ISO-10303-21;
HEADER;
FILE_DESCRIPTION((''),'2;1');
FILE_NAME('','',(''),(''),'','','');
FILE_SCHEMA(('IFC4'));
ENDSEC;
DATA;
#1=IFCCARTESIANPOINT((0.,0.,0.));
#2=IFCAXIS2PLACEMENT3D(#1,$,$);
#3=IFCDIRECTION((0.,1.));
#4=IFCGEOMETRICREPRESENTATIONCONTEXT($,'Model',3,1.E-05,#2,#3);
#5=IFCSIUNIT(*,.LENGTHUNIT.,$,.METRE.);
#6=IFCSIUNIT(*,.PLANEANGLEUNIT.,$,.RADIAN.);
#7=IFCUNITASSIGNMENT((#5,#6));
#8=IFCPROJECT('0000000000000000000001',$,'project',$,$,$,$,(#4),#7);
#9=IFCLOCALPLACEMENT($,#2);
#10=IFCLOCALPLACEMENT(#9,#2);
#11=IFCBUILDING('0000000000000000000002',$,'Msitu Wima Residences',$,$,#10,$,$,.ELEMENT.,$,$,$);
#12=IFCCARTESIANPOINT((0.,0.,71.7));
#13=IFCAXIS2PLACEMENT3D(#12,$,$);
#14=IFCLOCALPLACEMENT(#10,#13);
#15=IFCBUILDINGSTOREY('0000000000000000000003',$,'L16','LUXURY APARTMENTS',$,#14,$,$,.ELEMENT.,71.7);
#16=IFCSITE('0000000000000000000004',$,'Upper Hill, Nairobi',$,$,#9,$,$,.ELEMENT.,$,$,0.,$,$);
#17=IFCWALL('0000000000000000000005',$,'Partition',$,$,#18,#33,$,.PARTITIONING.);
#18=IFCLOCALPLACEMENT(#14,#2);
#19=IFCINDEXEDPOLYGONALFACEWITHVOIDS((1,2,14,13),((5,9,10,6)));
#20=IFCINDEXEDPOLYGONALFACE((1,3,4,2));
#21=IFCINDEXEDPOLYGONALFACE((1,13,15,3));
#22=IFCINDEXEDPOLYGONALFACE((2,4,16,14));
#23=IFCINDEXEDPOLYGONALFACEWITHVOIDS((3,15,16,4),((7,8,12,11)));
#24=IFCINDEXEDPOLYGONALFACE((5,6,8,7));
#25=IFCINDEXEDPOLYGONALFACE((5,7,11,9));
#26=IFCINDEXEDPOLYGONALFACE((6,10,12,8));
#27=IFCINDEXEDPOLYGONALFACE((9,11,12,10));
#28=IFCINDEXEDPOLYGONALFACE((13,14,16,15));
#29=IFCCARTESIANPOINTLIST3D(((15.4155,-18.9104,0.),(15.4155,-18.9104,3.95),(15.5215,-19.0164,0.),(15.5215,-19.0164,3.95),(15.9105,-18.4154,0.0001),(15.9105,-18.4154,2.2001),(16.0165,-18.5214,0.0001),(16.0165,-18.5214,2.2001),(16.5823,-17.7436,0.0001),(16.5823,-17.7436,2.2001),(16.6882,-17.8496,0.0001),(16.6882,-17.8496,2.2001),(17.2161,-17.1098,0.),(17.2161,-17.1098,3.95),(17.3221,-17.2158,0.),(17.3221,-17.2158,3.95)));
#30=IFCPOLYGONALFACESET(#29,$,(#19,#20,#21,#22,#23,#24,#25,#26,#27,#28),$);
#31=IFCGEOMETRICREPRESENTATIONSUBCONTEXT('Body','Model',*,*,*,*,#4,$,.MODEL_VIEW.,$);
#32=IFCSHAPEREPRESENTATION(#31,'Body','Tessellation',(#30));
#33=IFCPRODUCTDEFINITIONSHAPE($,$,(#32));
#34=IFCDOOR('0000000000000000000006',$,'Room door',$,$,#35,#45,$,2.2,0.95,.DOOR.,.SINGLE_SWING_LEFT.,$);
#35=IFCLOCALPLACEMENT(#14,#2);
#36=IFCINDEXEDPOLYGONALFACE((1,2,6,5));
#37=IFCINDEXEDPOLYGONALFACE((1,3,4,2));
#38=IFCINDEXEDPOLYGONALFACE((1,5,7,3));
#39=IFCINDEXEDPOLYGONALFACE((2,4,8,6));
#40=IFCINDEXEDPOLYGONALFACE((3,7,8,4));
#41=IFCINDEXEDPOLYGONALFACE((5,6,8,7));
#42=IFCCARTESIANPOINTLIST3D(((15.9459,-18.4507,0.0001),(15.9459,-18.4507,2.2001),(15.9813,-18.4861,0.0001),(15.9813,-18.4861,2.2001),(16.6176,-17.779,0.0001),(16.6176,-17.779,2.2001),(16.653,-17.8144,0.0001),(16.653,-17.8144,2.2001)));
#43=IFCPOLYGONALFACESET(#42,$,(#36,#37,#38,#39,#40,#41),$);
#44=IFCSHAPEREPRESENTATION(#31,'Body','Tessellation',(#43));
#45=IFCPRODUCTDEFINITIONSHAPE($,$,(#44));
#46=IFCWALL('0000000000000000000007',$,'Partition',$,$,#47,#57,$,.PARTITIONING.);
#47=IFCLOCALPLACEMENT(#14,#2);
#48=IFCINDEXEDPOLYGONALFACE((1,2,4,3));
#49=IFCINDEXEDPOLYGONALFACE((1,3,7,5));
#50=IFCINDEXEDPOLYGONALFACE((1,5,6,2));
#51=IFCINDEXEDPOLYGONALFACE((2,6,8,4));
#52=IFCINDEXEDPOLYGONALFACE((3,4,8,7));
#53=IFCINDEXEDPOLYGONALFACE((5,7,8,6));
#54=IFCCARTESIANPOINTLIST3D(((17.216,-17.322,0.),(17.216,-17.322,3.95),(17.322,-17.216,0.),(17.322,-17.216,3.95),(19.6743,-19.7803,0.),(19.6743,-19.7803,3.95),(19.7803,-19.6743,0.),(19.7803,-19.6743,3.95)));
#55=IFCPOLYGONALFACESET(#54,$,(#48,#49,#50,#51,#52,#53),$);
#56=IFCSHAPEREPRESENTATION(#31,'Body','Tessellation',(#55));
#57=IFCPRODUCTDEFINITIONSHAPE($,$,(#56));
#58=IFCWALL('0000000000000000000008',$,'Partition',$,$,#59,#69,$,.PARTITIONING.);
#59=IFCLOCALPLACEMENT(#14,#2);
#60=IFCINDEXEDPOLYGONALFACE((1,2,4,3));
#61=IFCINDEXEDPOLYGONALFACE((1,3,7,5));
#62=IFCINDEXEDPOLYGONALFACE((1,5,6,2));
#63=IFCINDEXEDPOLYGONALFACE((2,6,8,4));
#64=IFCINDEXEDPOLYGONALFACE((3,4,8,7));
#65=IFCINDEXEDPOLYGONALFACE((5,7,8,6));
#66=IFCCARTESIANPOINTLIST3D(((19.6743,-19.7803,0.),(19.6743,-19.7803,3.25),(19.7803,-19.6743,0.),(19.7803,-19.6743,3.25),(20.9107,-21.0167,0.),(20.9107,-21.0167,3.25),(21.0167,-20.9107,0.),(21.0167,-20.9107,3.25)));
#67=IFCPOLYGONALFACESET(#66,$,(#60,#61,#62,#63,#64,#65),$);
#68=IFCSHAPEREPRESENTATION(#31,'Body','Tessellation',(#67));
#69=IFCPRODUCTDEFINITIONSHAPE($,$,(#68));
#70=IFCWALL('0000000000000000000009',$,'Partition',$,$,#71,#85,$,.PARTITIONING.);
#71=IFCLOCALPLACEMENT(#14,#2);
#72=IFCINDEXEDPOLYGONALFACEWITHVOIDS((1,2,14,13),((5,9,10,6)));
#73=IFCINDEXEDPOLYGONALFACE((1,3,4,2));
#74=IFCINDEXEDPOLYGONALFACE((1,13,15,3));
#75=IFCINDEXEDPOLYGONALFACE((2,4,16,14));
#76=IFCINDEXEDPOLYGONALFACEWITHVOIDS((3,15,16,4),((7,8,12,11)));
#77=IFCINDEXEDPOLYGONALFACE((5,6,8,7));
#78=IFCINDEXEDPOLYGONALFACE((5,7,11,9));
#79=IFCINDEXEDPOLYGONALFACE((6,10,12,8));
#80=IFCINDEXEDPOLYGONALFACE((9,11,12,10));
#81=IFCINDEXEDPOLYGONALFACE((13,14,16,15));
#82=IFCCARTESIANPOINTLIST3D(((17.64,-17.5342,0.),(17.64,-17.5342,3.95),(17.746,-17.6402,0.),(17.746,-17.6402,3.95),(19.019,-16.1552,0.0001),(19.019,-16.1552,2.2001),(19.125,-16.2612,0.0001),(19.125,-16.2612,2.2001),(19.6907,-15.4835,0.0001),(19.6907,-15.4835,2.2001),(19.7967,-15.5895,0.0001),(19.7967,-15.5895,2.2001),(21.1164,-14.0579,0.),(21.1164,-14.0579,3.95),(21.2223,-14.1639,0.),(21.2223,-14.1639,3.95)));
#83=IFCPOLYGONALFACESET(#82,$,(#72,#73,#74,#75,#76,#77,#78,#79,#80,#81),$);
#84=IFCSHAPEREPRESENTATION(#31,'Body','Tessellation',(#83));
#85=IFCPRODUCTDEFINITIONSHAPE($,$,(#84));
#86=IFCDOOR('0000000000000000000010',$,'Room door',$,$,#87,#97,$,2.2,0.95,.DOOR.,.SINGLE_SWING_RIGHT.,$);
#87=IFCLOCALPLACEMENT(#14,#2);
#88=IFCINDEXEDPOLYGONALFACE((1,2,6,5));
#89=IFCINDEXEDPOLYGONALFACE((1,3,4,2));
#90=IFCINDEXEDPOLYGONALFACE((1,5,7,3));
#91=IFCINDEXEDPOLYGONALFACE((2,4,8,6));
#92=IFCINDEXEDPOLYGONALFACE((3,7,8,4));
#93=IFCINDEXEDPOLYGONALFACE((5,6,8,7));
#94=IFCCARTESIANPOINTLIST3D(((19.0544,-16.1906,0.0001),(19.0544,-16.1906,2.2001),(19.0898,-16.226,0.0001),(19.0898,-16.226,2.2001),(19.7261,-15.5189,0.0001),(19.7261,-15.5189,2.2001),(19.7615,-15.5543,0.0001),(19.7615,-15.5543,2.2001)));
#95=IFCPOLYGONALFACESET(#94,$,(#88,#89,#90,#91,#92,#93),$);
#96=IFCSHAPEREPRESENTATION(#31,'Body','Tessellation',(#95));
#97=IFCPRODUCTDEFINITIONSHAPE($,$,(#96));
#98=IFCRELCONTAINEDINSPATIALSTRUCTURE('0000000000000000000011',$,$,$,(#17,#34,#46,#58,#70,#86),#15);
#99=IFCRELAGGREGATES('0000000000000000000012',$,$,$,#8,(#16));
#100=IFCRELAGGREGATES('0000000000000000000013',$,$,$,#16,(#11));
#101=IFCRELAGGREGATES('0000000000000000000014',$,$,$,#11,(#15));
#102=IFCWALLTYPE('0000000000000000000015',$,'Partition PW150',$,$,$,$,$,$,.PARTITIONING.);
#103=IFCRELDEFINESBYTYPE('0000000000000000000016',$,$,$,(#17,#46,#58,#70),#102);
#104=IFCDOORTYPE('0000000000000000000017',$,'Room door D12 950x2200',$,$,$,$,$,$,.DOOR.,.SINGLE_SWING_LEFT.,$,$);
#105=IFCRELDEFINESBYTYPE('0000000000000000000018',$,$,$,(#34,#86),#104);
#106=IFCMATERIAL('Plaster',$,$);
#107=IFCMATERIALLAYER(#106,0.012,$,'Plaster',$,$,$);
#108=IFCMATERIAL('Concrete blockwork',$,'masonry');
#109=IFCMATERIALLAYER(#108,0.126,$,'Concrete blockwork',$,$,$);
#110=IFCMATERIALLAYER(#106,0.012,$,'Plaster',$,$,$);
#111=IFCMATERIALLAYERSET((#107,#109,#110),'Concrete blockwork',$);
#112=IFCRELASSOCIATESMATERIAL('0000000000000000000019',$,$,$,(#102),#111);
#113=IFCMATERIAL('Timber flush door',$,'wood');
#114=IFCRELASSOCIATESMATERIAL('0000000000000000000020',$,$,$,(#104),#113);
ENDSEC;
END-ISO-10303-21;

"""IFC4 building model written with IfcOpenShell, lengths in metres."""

from ifc_helpers import new_model, si_unit, direction, frame, frame_2d, origin, place, context, subcontext, project, spatial, rectangle, extrude, material, layer, layer_set, type_object, element, fill, save


model = new_model("IFC4")

# Units and contexts
model_context = context("Model", 3, precision=1e-05, world=origin(), true_north=direction((0.0, 1.0)))
body_context = subcontext(model_context, "Body", "Model", "MODEL_VIEW")
ifc_project = project(units=[si_unit("LENGTHUNIT", "METRE"), si_unit("PLANEANGLEUNIT", "RADIAN")], contexts=[model_context])

# Site, building, storey
site_placement = place(None, origin())
site = spatial("IfcSite", under=ifc_project, at=site_placement, Name="Upper Hill, Nairobi", CompositionType="ELEMENT", RefElevation=0.0)
building_placement = place(site_placement, origin())
building = spatial("IfcBuilding", under=site, at=building_placement, Name="Msitu Wima Residences", CompositionType="ELEMENT")
storey_placement = place(building_placement, frame((0.0, 0.0, 71.7)))
storey = spatial("IfcBuildingStorey", under=building, at=storey_placement, Name="L16", Description="LUXURY APARTMENTS", CompositionType="ELEMENT", Elevation=71.7)

# Wall, opening, door
ifc_material_1 = material(Name="Plaster")
ifc_material_2 = material(Name="Concrete blockwork", Category="masonry")
ifc_layer_1 = layer(ifc_material_1, 0.012, Name="Plaster")
ifc_layer_2 = layer(ifc_material_2, 0.126, Name="Concrete blockwork")
ifc_layer_3 = layer(ifc_material_1, 0.012, Name="Plaster")
ifc_layer_set_1 = layer_set([ifc_layer_1, ifc_layer_2, ifc_layer_3], Name="Concrete blockwork")
wall_type_1 = type_object("IfcWallType", Name="Partition PW150", PredefinedType="PARTITIONING", material=ifc_layer_set_1)
wall_1_placement = place(storey_placement, frame((15.4685, -18.9634, 0.0), z_axis=(0.0, 0.0, 1.0), x_axis=(0.707107, 0.707107, 0.0)))
wall_1 = element("IfcWall", 1, at=wall_1_placement, inside=storey, type_object=wall_type_1, Name="Partition", PredefinedType="PARTITIONING", context=body_context, shape_type="SweptSolid", body=[
    extrude(rectangle(XDim=2.5464, YDim=0.1499, at=frame_2d((1.2732, 0.0))), origin(), (0.0, 0.0, 1.0), 3.95),
])
opening_1_placement = place(wall_1_placement, frame((0.7, 0.0, 0.0)))
opening_1 = element("IfcOpeningElement", 2, at=opening_1_placement, cuts=wall_1, PredefinedType="OPENING", context=body_context, shape_type="SweptSolid", body=[
    extrude(rectangle(XDim=0.95, YDim=2.2, at=frame_2d((0.4751, 1.1001))), frame((0.0, 0.085, 0.0), z_axis=(0.0, -1.0, 0.0), x_axis=(1.0, 0.0, 0.0)), (0.0, 0.0, 1.0), 0.1699),
])
ifc_material_3 = material(Name="Timber flush door", Category="wood")
door_type_1 = type_object("IfcDoorType", Name="Room door D12 950x2200", OperationType="SINGLE_SWING_LEFT", PredefinedType="DOOR", material=ifc_material_3)
door_1_placement = place(opening_1_placement, origin())
door_1 = element("IfcDoor", 3, at=door_1_placement, inside=storey, type_object=door_type_1, Name="Room door", OperationType="SINGLE_SWING_LEFT", OverallHeight=2.2, OverallWidth=0.95, PredefinedType="DOOR", context=body_context, shape_type="SweptSolid", body=[
    extrude(rectangle(XDim=0.95, YDim=2.2, at=frame_2d((0.4751, 1.1001))), frame((0.0, 0.0249, 0.0), z_axis=(0.0, -1.0, 0.0), x_axis=(1.0, 0.0, 0.0)), (0.0, 0.0, 1.0), 0.05),
])
fill(opening_1, door_1)

# Walls
wall_2_placement = place(storey_placement, frame((17.269, -17.269, 0.0), z_axis=(0.0, 0.0, 1.0), x_axis=(0.707107, -0.707107, 0.0)))
element("IfcWall", 4, at=wall_2_placement, inside=storey, type_object=wall_type_1, Name="Partition", PredefinedType="PARTITIONING", context=body_context, shape_type="SweptSolid", body=[
    extrude(rectangle(XDim=3.4766, YDim=0.1499, at=frame_2d((1.7383, 0.0))), origin(), (0.0, 0.0, 1.0), 3.95),
])
wall_3_placement = place(storey_placement, frame((19.7273, -19.7273, 0.0), z_axis=(0.0, 0.0, 1.0), x_axis=(0.707107, -0.707107, 0.0)))
element("IfcWall", 5, at=wall_3_placement, inside=storey, type_object=wall_type_1, Name="Partition", PredefinedType="PARTITIONING", context=body_context, shape_type="SweptSolid", body=[
    extrude(rectangle(XDim=1.7485, YDim=0.1499, at=frame_2d((0.8743, 0.0))), origin(), (0.0, 0.0, 1.0), 3.25),
])

# Wall, opening, door
wall_4_placement = place(storey_placement, frame((17.6931, -17.5872, 0.0), z_axis=(0.0, 0.0, 1.0), x_axis=(0.707107, 0.707107, 0.0)))
wall_4 = element("IfcWall", 6, at=wall_4_placement, inside=storey, type_object=wall_type_1, Name="Partition", PredefinedType="PARTITIONING", context=body_context, shape_type="SweptSolid", body=[
    extrude(rectangle(XDim=4.9163, YDim=0.1499, at=frame_2d((2.458, 0.0))), origin(), (0.0, 0.0, 1.0), 3.95),
])
opening_2_placement = place(wall_4_placement, frame((1.95, 0.0, 0.0)))
opening_2 = element("IfcOpeningElement", 7, at=opening_2_placement, cuts=wall_4, PredefinedType="OPENING", context=body_context, shape_type="SweptSolid", body=[
    extrude(rectangle(XDim=0.95, YDim=2.2, at=frame_2d((0.4751, 1.1001))), frame((0.0, 0.085, 0.0), z_axis=(0.0, -1.0, 0.0), x_axis=(1.0, 0.0, 0.0)), (0.0, 0.0, 1.0), 0.1699),
])
door_2_placement = place(opening_2_placement, origin())
door_2 = element("IfcDoor", 8, at=door_2_placement, inside=storey, type_object=door_type_1, Name="Room door", OperationType="SINGLE_SWING_RIGHT", OverallHeight=2.2, OverallWidth=0.95, PredefinedType="DOOR", context=body_context, shape_type="SweptSolid", body=[
    extrude(rectangle(XDim=0.95, YDim=2.2, at=frame_2d((0.4751, 1.1001))), frame((0.0, 0.0249, 0.0), z_axis=(0.0, -1.0, 0.0), x_axis=(1.0, 0.0, 0.0)), (0.0, 0.0, 1.0), 0.05),
])
fill(opening_2, door_2)

save(model, "model.ifc")
